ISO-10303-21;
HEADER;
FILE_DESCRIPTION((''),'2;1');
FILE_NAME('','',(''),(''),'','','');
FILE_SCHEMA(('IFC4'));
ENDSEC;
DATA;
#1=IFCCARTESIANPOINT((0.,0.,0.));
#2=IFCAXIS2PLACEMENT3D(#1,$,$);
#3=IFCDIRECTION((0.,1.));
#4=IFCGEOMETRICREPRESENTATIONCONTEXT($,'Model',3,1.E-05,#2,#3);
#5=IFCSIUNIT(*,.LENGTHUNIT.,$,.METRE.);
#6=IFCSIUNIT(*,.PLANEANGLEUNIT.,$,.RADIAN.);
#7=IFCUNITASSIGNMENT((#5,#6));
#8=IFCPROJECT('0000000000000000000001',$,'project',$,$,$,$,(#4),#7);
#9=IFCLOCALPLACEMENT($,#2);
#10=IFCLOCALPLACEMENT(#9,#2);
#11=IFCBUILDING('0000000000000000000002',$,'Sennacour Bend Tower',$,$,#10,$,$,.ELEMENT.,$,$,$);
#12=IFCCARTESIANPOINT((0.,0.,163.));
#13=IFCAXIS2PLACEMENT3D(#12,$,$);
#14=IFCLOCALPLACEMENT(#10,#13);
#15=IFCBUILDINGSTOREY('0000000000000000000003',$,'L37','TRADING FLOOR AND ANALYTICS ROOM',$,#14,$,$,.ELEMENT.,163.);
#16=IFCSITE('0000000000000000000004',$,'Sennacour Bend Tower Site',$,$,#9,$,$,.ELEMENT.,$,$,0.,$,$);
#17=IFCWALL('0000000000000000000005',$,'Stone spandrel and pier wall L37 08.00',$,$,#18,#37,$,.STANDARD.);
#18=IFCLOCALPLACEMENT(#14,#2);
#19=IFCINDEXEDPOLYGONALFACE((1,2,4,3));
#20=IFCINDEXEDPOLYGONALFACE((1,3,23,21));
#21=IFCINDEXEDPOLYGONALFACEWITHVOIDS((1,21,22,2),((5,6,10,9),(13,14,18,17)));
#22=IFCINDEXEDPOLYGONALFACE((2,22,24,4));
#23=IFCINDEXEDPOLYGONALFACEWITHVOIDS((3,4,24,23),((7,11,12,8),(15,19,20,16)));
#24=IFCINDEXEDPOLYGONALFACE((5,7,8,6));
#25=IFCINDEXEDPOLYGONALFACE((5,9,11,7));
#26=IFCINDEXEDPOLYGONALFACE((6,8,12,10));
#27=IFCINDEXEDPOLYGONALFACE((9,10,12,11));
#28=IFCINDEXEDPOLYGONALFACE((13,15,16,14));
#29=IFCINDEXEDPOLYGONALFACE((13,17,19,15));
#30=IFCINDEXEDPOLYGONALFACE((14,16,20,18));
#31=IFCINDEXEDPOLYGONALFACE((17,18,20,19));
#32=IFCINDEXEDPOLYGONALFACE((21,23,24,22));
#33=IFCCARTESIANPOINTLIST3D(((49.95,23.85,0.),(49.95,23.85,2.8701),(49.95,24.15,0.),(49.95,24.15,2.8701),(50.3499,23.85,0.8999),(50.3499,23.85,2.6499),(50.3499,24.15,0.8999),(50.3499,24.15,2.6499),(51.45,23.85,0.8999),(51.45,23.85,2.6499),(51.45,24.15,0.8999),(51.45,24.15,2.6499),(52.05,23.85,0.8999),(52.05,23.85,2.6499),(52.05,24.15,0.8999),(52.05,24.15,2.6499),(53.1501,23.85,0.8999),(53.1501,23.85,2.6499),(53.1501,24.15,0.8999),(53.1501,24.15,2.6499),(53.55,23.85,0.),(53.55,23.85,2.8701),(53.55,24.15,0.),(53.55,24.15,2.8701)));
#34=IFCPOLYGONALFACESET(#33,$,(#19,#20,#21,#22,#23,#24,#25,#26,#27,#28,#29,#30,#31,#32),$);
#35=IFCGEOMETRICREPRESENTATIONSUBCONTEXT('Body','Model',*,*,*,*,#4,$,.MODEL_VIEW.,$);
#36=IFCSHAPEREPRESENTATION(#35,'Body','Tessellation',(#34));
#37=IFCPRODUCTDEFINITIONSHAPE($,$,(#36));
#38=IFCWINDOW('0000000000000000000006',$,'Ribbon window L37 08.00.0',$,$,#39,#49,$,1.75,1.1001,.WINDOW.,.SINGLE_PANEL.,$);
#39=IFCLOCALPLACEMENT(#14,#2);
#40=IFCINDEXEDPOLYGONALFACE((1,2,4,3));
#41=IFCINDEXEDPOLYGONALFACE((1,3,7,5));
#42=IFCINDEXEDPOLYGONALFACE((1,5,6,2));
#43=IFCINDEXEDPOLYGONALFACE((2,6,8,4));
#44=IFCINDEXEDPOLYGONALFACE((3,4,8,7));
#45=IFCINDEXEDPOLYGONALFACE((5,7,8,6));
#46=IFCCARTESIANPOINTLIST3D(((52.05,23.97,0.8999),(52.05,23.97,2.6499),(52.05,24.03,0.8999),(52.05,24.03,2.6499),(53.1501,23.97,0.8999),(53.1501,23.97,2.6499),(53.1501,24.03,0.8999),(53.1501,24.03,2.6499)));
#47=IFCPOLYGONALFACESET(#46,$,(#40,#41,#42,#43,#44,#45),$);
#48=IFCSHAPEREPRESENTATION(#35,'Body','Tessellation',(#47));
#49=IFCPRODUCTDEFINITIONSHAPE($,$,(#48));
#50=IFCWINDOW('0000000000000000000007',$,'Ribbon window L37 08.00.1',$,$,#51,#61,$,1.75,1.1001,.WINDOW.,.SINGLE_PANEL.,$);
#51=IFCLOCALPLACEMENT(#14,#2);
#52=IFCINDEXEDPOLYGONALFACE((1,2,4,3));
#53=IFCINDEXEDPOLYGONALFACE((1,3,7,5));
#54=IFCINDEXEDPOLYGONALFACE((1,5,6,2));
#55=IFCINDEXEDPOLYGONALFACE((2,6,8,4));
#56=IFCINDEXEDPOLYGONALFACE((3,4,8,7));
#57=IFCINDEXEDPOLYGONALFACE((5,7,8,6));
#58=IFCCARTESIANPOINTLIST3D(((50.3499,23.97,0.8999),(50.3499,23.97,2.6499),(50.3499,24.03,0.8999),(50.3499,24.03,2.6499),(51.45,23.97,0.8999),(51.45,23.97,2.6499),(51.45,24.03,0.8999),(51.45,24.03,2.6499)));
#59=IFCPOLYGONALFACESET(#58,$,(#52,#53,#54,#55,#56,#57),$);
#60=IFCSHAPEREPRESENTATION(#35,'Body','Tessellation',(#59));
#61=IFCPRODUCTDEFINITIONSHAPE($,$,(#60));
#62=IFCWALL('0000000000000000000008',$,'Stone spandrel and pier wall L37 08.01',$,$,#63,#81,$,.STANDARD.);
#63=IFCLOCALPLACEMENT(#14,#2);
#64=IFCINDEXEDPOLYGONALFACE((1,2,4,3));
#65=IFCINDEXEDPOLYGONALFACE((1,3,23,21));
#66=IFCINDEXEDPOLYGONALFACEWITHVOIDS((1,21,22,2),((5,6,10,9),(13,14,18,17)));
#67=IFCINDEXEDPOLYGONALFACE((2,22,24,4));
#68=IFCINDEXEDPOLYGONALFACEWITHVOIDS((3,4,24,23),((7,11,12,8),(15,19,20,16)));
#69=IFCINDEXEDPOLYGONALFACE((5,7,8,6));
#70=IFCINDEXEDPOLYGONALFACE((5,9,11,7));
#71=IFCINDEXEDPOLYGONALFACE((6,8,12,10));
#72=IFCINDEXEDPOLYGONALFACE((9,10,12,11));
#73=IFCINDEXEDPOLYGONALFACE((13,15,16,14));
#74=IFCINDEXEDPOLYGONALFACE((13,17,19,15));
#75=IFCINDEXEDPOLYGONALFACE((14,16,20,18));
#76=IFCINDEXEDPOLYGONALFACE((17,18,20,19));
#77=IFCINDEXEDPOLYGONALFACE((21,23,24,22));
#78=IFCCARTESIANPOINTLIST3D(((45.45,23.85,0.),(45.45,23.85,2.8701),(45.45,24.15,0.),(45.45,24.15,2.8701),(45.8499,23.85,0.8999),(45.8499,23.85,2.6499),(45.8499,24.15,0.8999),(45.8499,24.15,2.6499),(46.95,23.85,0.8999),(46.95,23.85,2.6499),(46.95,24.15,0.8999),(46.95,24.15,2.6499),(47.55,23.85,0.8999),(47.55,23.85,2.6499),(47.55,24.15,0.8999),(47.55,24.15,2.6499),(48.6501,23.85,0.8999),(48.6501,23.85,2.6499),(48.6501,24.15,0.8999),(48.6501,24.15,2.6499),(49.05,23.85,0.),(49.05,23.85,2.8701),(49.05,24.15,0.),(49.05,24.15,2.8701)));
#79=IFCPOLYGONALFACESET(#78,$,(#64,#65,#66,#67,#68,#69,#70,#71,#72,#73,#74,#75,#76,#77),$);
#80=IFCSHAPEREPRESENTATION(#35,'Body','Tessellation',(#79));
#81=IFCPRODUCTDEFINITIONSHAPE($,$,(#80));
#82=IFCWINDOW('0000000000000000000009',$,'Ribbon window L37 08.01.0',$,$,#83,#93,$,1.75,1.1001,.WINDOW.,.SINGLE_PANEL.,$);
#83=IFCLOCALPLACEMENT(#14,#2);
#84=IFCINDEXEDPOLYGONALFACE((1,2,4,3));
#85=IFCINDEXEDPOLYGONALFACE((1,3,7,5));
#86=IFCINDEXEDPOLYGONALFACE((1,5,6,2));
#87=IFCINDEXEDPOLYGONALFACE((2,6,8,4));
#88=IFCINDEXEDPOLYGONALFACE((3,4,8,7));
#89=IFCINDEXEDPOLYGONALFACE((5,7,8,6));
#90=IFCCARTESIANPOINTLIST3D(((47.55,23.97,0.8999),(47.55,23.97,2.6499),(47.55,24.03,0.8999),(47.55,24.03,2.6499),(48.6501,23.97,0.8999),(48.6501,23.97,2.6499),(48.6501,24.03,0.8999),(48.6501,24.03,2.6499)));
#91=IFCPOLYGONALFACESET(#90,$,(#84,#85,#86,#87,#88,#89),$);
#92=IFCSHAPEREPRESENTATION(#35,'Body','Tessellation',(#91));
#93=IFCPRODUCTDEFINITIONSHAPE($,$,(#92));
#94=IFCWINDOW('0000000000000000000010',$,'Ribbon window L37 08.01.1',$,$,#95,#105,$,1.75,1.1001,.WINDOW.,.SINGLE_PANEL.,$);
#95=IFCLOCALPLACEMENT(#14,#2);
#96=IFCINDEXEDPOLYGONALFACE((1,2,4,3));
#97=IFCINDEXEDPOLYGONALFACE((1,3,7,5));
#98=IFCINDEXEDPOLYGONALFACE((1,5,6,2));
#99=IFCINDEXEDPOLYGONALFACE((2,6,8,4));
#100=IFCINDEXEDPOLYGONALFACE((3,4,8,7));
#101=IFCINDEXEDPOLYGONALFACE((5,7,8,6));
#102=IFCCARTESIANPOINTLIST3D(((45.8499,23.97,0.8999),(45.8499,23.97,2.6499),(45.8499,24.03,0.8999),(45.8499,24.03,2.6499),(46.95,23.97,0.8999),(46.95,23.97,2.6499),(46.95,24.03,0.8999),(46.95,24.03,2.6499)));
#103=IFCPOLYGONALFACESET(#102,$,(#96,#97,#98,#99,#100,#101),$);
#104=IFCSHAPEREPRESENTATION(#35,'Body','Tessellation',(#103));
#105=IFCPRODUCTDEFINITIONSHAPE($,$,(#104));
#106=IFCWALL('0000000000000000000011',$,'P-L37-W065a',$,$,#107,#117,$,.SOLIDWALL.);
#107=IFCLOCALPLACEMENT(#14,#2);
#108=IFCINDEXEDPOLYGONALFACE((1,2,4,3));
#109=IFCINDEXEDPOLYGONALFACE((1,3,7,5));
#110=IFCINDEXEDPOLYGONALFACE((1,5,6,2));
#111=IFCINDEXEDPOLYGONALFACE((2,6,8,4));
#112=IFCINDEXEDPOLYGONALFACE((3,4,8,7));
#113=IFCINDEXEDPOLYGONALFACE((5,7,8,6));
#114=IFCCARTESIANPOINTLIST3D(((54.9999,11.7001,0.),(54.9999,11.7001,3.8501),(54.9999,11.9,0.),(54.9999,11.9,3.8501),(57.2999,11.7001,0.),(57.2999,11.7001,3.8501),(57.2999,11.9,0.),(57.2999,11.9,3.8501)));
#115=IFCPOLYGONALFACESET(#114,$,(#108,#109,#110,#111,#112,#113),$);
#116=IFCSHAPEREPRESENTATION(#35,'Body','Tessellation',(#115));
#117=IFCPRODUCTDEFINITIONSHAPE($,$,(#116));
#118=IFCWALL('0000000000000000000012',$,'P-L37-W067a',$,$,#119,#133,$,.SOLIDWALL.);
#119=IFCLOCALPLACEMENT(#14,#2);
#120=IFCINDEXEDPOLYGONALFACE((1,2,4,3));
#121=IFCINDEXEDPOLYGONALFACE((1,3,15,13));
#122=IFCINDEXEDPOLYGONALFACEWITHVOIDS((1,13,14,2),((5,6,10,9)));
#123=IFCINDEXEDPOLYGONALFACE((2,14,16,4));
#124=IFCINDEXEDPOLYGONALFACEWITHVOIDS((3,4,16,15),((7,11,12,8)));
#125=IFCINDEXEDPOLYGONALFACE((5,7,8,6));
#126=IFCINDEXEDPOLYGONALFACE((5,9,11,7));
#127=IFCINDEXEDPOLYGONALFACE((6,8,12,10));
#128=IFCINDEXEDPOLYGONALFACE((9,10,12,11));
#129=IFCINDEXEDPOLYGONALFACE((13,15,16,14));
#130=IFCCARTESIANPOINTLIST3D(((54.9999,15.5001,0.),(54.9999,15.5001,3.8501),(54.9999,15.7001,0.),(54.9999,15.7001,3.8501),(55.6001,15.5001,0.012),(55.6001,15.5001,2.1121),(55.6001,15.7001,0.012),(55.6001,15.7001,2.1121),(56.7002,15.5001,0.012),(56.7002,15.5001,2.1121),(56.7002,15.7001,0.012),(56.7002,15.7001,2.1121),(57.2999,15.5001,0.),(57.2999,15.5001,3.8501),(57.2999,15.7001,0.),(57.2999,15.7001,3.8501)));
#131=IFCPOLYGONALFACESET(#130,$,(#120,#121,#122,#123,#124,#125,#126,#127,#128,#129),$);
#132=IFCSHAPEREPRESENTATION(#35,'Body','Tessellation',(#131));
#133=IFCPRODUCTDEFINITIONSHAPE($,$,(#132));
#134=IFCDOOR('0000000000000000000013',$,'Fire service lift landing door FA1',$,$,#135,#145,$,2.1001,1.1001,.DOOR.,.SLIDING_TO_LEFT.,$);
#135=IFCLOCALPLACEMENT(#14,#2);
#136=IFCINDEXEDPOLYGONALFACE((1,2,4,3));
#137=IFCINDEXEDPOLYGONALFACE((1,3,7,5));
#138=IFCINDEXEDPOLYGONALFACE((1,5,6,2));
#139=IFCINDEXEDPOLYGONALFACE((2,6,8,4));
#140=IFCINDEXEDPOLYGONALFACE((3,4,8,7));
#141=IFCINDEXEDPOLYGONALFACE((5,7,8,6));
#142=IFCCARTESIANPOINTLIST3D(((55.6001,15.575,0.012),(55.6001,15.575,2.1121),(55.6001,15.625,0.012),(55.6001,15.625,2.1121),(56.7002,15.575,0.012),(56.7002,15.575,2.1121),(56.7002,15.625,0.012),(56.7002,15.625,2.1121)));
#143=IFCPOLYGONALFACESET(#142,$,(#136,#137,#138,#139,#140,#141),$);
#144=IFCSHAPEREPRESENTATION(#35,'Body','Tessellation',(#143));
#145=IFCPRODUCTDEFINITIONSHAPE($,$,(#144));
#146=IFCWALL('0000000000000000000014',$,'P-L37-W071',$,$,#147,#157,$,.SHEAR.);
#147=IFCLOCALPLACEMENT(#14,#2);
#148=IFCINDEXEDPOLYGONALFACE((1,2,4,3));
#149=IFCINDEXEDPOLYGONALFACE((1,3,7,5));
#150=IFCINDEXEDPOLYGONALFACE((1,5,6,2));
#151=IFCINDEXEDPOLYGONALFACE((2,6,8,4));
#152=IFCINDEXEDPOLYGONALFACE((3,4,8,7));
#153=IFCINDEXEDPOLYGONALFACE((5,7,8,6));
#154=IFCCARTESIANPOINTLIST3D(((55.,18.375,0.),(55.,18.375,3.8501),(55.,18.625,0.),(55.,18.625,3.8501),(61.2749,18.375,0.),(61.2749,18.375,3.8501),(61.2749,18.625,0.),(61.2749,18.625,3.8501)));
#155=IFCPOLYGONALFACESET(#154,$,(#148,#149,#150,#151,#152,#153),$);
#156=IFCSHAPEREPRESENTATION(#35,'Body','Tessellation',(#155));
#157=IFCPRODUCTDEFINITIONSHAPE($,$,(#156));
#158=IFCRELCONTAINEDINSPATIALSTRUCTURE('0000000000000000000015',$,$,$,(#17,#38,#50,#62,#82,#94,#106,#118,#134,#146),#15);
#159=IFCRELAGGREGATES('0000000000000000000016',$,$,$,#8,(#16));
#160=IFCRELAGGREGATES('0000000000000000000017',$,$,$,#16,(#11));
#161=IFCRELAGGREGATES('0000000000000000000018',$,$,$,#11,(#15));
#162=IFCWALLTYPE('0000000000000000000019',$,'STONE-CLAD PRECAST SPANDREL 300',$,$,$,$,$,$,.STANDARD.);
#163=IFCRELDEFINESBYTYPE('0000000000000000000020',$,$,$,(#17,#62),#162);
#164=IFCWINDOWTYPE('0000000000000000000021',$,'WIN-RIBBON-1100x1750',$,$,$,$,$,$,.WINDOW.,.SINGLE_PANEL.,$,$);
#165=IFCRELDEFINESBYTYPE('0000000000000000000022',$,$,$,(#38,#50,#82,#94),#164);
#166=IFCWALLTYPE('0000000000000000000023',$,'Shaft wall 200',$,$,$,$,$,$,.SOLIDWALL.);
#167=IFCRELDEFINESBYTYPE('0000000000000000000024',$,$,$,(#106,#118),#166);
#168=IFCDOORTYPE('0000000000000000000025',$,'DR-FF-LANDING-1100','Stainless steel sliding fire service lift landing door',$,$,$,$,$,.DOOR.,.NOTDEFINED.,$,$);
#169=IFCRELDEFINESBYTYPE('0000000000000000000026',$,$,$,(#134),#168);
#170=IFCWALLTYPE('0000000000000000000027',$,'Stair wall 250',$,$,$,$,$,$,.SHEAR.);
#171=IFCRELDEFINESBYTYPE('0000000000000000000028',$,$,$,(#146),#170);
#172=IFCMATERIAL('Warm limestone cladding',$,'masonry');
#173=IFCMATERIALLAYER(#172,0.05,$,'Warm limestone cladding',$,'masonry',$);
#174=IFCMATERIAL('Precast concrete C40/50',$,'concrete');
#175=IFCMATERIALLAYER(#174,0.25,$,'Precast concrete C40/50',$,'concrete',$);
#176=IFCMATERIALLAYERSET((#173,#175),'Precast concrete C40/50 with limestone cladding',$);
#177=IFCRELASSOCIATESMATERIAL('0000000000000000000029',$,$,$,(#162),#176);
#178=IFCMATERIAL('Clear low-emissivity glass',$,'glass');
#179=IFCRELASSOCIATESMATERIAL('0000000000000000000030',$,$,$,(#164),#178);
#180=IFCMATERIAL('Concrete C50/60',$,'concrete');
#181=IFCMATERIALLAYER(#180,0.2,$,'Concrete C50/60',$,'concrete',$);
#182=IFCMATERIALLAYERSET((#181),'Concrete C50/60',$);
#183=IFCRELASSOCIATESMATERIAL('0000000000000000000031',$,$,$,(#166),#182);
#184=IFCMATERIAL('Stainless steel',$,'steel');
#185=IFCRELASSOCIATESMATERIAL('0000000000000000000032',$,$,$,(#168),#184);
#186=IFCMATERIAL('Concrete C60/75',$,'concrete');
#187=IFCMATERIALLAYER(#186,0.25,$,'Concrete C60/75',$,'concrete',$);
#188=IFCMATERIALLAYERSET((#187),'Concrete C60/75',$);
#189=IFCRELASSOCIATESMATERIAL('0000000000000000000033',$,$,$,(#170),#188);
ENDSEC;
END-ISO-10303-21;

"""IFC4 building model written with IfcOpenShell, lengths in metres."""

from ifc_helpers import new_model, si_unit, direction, frame, frame_2d, origin, place, context, subcontext, project, spatial, rectangle, extrude, material, layer, layer_set, type_object, element, fill, save


model = new_model("IFC4")

# Units and contexts
model_context = context("Model", 3, precision=1e-05, world=origin(), true_north=direction((0.0, 1.0)))
body_context = subcontext(model_context, "Body", "Model", "MODEL_VIEW")
ifc_project = project(units=[si_unit("LENGTHUNIT", "METRE"), si_unit("PLANEANGLEUNIT", "RADIAN")], contexts=[model_context])

# Site, building, storey
site_placement = place(None, origin())
site = spatial("IfcSite", under=ifc_project, at=site_placement, Name="Sennacour Bend Tower Site", CompositionType="ELEMENT", RefElevation=0.0)
building_placement = place(site_placement, origin())
building = spatial("IfcBuilding", under=site, at=building_placement, Name="Sennacour Bend Tower", CompositionType="ELEMENT")
storey_placement = place(building_placement, frame((0.0, 0.0, 163.0)))
storey = spatial("IfcBuildingStorey", under=building, at=storey_placement, Name="L37", Description="TRADING FLOOR AND ANALYTICS ROOM", CompositionType="ELEMENT", Elevation=163.0)

# Shared definitions
ifc_material_1 = material(Name="Concrete C60/75", Category="concrete")

# Shared definitions
ifc_material_2 = material(Name="Warm limestone cladding", Category="masonry")
ifc_layer_1 = layer(ifc_material_2, 0.05, Name="Warm limestone cladding", Category="masonry")
ifc_material_3 = material(Name="Precast concrete C40/50", Category="concrete")
ifc_layer_2 = layer(ifc_material_3, 0.25, Name="Precast concrete C40/50", Category="concrete")
ifc_layer_set_1 = layer_set([ifc_layer_1, ifc_layer_2], Name="Precast concrete C40/50 with limestone cladding")
wall_type_1 = type_object("IfcWallType", Name="STONE-CLAD PRECAST SPANDREL 300", PredefinedType="STANDARD", material=ifc_layer_set_1)

# Walls, openings, windows
wall_1_placement = place(storey_placement, frame((53.55, 24.0, 0.0), z_axis=(0.0, 0.0, 1.0), x_axis=(-1.0, 0.0, 0.0)))
wall_1 = element("IfcWall", 1, at=wall_1_placement, inside=storey, type_object=wall_type_1, Name="Stone spandrel and pier wall L37 08.00", PredefinedType="STANDARD", context=body_context, shape_type="SweptSolid", body=[
    extrude(rectangle(XDim=3.6001, YDim=0.3, at=frame_2d((1.8, 0.0))), origin(), (0.0, 0.0, 1.0), 2.8701),
])
opening_1_placement = place(wall_1_placement, frame((0.3999, 0.0, 0.8999)))
opening_1 = element("IfcOpeningElement", 2, at=opening_1_placement, cuts=wall_1, PredefinedType="OPENING", context=body_context, shape_type="SweptSolid", body=[
    extrude(rectangle(XDim=1.1001, YDim=1.75, at=frame_2d((0.55, 0.875))), frame((0.0, 0.1602, 0.0), z_axis=(0.0, -1.0, 0.0), x_axis=(1.0, 0.0, 0.0)), (0.0, 0.0, 1.0), 0.3201),
])
opening_2_placement = place(wall_1_placement, frame((2.1001, 0.0, 0.8999)))
opening_2 = element("IfcOpeningElement", 3, at=opening_2_placement, cuts=wall_1, PredefinedType="OPENING", context=body_context, shape_type="SweptSolid", body=[
    extrude(rectangle(XDim=1.1001, YDim=1.75, at=frame_2d((0.55, 0.875))), frame((0.0, 0.1602, 0.0), z_axis=(0.0, -1.0, 0.0), x_axis=(1.0, 0.0, 0.0)), (0.0, 0.0, 1.0), 0.3201),
])
ifc_material_4 = material(Name="Clear low-emissivity glass", Category="glass")
window_type = type_object("IfcWindowType", Name="WIN-RIBBON-1100x1750", PartitioningType="SINGLE_PANEL", PredefinedType="WINDOW", material=ifc_material_4)
window_1_placement = place(opening_1_placement, origin())
window_1 = element("IfcWindow", 4, at=window_1_placement, inside=storey, type_object=window_type, Name="Ribbon window L37 08.00.0", OverallHeight=1.75, OverallWidth=1.1001, PartitioningType="SINGLE_PANEL", PredefinedType="WINDOW", context=body_context, shape_type="SweptSolid", body=[
    extrude(rectangle(XDim=1.1001, YDim=1.75, at=frame_2d((0.55, 0.875))), frame((0.0, 0.03, 0.0), z_axis=(0.0, -1.0, 0.0), x_axis=(1.0, 0.0, 0.0)), (0.0, 0.0, 1.0), 0.0601),
])
fill(opening_1, window_1)
window_2_placement = place(opening_2_placement, origin())
window_2 = element("IfcWindow", 5, at=window_2_placement, inside=storey, type_object=window_type, Name="Ribbon window L37 08.00.1", OverallHeight=1.75, OverallWidth=1.1001, PartitioningType="SINGLE_PANEL", PredefinedType="WINDOW", context=body_context, shape_type="SweptSolid", body=[
    extrude(rectangle(XDim=1.1001, YDim=1.75, at=frame_2d((0.55, 0.875))), frame((0.0, 0.03, 0.0), z_axis=(0.0, -1.0, 0.0), x_axis=(1.0, 0.0, 0.0)), (0.0, 0.0, 1.0), 0.0601),
])
fill(opening_2, window_2)
wall_2_placement = place(storey_placement, frame((49.05, 24.0, 0.0), z_axis=(0.0, 0.0, 1.0), x_axis=(-1.0, 0.0, 0.0)))
wall_2 = element("IfcWall", 6, at=wall_2_placement, inside=storey, type_object=wall_type_1, Name="Stone spandrel and pier wall L37 08.01", PredefinedType="STANDARD", context=body_context, shape_type="SweptSolid", body=[
    extrude(rectangle(XDim=3.6001, YDim=0.3, at=frame_2d((1.8, 0.0))), origin(), (0.0, 0.0, 1.0), 2.8701),
])
opening_3_placement = place(wall_2_placement, frame((0.3999, 0.0, 0.8999)))
opening_3 = element("IfcOpeningElement", 7, at=opening_3_placement, cuts=wall_2, PredefinedType="OPENING", context=body_context, shape_type="SweptSolid", body=[
    extrude(rectangle(XDim=1.1001, YDim=1.75, at=frame_2d((0.55, 0.875))), frame((0.0, 0.1602, 0.0), z_axis=(0.0, -1.0, 0.0), x_axis=(1.0, 0.0, 0.0)), (0.0, 0.0, 1.0), 0.3201),
])
opening_4_placement = place(wall_2_placement, frame((2.1001, 0.0, 0.8999)))
opening_4 = element("IfcOpeningElement", 8, at=opening_4_placement, cuts=wall_2, PredefinedType="OPENING", context=body_context, shape_type="SweptSolid", body=[
    extrude(rectangle(XDim=1.1001, YDim=1.75, at=frame_2d((0.55, 0.875))), frame((0.0, 0.1602, 0.0), z_axis=(0.0, -1.0, 0.0), x_axis=(1.0, 0.0, 0.0)), (0.0, 0.0, 1.0), 0.3201),
])
window_3_placement = place(opening_3_placement, origin())
window_3 = element("IfcWindow", 9, at=window_3_placement, inside=storey, type_object=window_type, Name="Ribbon window L37 08.01.0", OverallHeight=1.75, OverallWidth=1.1001, PartitioningType="SINGLE_PANEL", PredefinedType="WINDOW", context=body_context, shape_type="SweptSolid", body=[
    extrude(rectangle(XDim=1.1001, YDim=1.75, at=frame_2d((0.55, 0.875))), frame((0.0, 0.03, 0.0), z_axis=(0.0, -1.0, 0.0), x_axis=(1.0, 0.0, 0.0)), (0.0, 0.0, 1.0), 0.0601),
])
fill(opening_3, window_3)
window_4_placement = place(opening_4_placement, origin())
window_4 = element("IfcWindow", 10, at=window_4_placement, inside=storey, type_object=window_type, Name="Ribbon window L37 08.01.1", OverallHeight=1.75, OverallWidth=1.1001, PartitioningType="SINGLE_PANEL", PredefinedType="WINDOW", context=body_context, shape_type="SweptSolid", body=[
    extrude(rectangle(XDim=1.1001, YDim=1.75, at=frame_2d((0.55, 0.875))), frame((0.0, 0.03, 0.0), z_axis=(0.0, -1.0, 0.0), x_axis=(1.0, 0.0, 0.0)), (0.0, 0.0, 1.0), 0.0601),
])
fill(opening_4, window_4)

# Wall
ifc_material_5 = material(Name="Concrete C50/60", Category="concrete")
ifc_layer_3 = layer(ifc_material_5, 0.2, Name="Concrete C50/60", Category="concrete")
ifc_layer_set_2 = layer_set([ifc_layer_3], Name="Concrete C50/60")
wall_type_2 = type_object("IfcWallType", Name="Shaft wall 200", PredefinedType="SOLIDWALL", material=ifc_layer_set_2)
wall_3_placement = place(storey_placement, frame((55.0, 11.8, 0.0), z_axis=(0.0, 0.0, 1.0), x_axis=(1.0, 0.0, 0.0)))
element("IfcWall", 11, at=wall_3_placement, inside=storey, type_object=wall_type_2, Name="P-L37-W065a", PredefinedType="SOLIDWALL", context=body_context, shape_type="SweptSolid", body=[
    extrude(rectangle(XDim=2.3, YDim=0.2, at=frame_2d((1.1499, 0.0))), origin(), (0.0, 0.0, 1.0), 3.8501),
])

# Wall, opening, door
wall_4_placement = place(storey_placement, frame((55.0, 15.6001, 0.0), z_axis=(0.0, 0.0, 1.0), x_axis=(1.0, 0.0, 0.0)))
wall_4 = element("IfcWall", 12, at=wall_4_placement, inside=storey, type_object=wall_type_2, Name="P-L37-W067a", PredefinedType="SOLIDWALL", context=body_context, shape_type="SweptSolid", body=[
    extrude(rectangle(XDim=2.3, YDim=0.2, at=frame_2d((1.1499, 0.0))), origin(), (0.0, 0.0, 1.0), 3.8501),
])
opening_5_placement = place(wall_4_placement, frame((0.6001, 0.0, 0.012)))
opening_5 = element("IfcOpeningElement", 13, at=opening_5_placement, cuts=wall_4, PredefinedType="OPENING", context=body_context, shape_type="SweptSolid", body=[
    extrude(rectangle(XDim=1.1001, YDim=2.1001, at=frame_2d((0.55, 1.05))), frame((0.0, 0.1099, 0.0), z_axis=(0.0, -1.0, 0.0), x_axis=(1.0, 0.0, 0.0)), (0.0, 0.0, 1.0), 0.22),
])
ifc_material_6 = material(Name="Stainless steel", Category="steel")
door_type_1 = type_object("IfcDoorType", Name="DR-FF-LANDING-1100", Description="Stainless steel sliding fire service lift landing door", OperationType="NOTDEFINED", PredefinedType="DOOR", material=ifc_material_6)
door_1_placement = place(opening_5_placement, origin())
door_1 = element("IfcDoor", 14, at=door_1_placement, inside=storey, type_object=door_type_1, Name="Fire service lift landing door FA1", OperationType="SLIDING_TO_LEFT", OverallHeight=2.1001, OverallWidth=1.1001, PredefinedType="DOOR", context=body_context, shape_type="SweptSolid", body=[
    extrude(rectangle(XDim=1.1001, YDim=2.1001, at=frame_2d((0.55, 1.05))), frame((0.0, 0.0249, 0.0), z_axis=(0.0, -1.0, 0.0), x_axis=(1.0, 0.0, 0.0)), (0.0, 0.0, 1.0), 0.05),
])
fill(opening_5, door_1)

# Wall
ifc_layer_4 = layer(ifc_material_1, 0.25, Name="Concrete C60/75", Category="concrete")
ifc_layer_set_3 = layer_set([ifc_layer_4], Name="Concrete C60/75")
wall_type_3 = type_object("IfcWallType", Name="Stair wall 250", PredefinedType="SHEAR", material=ifc_layer_set_3)
wall_5_placement = place(storey_placement, frame((55.0, 18.5, 0.0), z_axis=(0.0, 0.0, 1.0), x_axis=(1.0, 0.0, 0.0)))
element("IfcWall", 15, at=wall_5_placement, inside=storey, type_object=wall_type_3, Name="P-L37-W071", PredefinedType="SHEAR", context=body_context, shape_type="SweptSolid", body=[
    extrude(rectangle(XDim=6.2749, YDim=0.25, at=frame_2d((3.1375, 0.0))), origin(), (0.0, 0.0, 1.0), 3.8501),
])

save(model, "model.ifc")
